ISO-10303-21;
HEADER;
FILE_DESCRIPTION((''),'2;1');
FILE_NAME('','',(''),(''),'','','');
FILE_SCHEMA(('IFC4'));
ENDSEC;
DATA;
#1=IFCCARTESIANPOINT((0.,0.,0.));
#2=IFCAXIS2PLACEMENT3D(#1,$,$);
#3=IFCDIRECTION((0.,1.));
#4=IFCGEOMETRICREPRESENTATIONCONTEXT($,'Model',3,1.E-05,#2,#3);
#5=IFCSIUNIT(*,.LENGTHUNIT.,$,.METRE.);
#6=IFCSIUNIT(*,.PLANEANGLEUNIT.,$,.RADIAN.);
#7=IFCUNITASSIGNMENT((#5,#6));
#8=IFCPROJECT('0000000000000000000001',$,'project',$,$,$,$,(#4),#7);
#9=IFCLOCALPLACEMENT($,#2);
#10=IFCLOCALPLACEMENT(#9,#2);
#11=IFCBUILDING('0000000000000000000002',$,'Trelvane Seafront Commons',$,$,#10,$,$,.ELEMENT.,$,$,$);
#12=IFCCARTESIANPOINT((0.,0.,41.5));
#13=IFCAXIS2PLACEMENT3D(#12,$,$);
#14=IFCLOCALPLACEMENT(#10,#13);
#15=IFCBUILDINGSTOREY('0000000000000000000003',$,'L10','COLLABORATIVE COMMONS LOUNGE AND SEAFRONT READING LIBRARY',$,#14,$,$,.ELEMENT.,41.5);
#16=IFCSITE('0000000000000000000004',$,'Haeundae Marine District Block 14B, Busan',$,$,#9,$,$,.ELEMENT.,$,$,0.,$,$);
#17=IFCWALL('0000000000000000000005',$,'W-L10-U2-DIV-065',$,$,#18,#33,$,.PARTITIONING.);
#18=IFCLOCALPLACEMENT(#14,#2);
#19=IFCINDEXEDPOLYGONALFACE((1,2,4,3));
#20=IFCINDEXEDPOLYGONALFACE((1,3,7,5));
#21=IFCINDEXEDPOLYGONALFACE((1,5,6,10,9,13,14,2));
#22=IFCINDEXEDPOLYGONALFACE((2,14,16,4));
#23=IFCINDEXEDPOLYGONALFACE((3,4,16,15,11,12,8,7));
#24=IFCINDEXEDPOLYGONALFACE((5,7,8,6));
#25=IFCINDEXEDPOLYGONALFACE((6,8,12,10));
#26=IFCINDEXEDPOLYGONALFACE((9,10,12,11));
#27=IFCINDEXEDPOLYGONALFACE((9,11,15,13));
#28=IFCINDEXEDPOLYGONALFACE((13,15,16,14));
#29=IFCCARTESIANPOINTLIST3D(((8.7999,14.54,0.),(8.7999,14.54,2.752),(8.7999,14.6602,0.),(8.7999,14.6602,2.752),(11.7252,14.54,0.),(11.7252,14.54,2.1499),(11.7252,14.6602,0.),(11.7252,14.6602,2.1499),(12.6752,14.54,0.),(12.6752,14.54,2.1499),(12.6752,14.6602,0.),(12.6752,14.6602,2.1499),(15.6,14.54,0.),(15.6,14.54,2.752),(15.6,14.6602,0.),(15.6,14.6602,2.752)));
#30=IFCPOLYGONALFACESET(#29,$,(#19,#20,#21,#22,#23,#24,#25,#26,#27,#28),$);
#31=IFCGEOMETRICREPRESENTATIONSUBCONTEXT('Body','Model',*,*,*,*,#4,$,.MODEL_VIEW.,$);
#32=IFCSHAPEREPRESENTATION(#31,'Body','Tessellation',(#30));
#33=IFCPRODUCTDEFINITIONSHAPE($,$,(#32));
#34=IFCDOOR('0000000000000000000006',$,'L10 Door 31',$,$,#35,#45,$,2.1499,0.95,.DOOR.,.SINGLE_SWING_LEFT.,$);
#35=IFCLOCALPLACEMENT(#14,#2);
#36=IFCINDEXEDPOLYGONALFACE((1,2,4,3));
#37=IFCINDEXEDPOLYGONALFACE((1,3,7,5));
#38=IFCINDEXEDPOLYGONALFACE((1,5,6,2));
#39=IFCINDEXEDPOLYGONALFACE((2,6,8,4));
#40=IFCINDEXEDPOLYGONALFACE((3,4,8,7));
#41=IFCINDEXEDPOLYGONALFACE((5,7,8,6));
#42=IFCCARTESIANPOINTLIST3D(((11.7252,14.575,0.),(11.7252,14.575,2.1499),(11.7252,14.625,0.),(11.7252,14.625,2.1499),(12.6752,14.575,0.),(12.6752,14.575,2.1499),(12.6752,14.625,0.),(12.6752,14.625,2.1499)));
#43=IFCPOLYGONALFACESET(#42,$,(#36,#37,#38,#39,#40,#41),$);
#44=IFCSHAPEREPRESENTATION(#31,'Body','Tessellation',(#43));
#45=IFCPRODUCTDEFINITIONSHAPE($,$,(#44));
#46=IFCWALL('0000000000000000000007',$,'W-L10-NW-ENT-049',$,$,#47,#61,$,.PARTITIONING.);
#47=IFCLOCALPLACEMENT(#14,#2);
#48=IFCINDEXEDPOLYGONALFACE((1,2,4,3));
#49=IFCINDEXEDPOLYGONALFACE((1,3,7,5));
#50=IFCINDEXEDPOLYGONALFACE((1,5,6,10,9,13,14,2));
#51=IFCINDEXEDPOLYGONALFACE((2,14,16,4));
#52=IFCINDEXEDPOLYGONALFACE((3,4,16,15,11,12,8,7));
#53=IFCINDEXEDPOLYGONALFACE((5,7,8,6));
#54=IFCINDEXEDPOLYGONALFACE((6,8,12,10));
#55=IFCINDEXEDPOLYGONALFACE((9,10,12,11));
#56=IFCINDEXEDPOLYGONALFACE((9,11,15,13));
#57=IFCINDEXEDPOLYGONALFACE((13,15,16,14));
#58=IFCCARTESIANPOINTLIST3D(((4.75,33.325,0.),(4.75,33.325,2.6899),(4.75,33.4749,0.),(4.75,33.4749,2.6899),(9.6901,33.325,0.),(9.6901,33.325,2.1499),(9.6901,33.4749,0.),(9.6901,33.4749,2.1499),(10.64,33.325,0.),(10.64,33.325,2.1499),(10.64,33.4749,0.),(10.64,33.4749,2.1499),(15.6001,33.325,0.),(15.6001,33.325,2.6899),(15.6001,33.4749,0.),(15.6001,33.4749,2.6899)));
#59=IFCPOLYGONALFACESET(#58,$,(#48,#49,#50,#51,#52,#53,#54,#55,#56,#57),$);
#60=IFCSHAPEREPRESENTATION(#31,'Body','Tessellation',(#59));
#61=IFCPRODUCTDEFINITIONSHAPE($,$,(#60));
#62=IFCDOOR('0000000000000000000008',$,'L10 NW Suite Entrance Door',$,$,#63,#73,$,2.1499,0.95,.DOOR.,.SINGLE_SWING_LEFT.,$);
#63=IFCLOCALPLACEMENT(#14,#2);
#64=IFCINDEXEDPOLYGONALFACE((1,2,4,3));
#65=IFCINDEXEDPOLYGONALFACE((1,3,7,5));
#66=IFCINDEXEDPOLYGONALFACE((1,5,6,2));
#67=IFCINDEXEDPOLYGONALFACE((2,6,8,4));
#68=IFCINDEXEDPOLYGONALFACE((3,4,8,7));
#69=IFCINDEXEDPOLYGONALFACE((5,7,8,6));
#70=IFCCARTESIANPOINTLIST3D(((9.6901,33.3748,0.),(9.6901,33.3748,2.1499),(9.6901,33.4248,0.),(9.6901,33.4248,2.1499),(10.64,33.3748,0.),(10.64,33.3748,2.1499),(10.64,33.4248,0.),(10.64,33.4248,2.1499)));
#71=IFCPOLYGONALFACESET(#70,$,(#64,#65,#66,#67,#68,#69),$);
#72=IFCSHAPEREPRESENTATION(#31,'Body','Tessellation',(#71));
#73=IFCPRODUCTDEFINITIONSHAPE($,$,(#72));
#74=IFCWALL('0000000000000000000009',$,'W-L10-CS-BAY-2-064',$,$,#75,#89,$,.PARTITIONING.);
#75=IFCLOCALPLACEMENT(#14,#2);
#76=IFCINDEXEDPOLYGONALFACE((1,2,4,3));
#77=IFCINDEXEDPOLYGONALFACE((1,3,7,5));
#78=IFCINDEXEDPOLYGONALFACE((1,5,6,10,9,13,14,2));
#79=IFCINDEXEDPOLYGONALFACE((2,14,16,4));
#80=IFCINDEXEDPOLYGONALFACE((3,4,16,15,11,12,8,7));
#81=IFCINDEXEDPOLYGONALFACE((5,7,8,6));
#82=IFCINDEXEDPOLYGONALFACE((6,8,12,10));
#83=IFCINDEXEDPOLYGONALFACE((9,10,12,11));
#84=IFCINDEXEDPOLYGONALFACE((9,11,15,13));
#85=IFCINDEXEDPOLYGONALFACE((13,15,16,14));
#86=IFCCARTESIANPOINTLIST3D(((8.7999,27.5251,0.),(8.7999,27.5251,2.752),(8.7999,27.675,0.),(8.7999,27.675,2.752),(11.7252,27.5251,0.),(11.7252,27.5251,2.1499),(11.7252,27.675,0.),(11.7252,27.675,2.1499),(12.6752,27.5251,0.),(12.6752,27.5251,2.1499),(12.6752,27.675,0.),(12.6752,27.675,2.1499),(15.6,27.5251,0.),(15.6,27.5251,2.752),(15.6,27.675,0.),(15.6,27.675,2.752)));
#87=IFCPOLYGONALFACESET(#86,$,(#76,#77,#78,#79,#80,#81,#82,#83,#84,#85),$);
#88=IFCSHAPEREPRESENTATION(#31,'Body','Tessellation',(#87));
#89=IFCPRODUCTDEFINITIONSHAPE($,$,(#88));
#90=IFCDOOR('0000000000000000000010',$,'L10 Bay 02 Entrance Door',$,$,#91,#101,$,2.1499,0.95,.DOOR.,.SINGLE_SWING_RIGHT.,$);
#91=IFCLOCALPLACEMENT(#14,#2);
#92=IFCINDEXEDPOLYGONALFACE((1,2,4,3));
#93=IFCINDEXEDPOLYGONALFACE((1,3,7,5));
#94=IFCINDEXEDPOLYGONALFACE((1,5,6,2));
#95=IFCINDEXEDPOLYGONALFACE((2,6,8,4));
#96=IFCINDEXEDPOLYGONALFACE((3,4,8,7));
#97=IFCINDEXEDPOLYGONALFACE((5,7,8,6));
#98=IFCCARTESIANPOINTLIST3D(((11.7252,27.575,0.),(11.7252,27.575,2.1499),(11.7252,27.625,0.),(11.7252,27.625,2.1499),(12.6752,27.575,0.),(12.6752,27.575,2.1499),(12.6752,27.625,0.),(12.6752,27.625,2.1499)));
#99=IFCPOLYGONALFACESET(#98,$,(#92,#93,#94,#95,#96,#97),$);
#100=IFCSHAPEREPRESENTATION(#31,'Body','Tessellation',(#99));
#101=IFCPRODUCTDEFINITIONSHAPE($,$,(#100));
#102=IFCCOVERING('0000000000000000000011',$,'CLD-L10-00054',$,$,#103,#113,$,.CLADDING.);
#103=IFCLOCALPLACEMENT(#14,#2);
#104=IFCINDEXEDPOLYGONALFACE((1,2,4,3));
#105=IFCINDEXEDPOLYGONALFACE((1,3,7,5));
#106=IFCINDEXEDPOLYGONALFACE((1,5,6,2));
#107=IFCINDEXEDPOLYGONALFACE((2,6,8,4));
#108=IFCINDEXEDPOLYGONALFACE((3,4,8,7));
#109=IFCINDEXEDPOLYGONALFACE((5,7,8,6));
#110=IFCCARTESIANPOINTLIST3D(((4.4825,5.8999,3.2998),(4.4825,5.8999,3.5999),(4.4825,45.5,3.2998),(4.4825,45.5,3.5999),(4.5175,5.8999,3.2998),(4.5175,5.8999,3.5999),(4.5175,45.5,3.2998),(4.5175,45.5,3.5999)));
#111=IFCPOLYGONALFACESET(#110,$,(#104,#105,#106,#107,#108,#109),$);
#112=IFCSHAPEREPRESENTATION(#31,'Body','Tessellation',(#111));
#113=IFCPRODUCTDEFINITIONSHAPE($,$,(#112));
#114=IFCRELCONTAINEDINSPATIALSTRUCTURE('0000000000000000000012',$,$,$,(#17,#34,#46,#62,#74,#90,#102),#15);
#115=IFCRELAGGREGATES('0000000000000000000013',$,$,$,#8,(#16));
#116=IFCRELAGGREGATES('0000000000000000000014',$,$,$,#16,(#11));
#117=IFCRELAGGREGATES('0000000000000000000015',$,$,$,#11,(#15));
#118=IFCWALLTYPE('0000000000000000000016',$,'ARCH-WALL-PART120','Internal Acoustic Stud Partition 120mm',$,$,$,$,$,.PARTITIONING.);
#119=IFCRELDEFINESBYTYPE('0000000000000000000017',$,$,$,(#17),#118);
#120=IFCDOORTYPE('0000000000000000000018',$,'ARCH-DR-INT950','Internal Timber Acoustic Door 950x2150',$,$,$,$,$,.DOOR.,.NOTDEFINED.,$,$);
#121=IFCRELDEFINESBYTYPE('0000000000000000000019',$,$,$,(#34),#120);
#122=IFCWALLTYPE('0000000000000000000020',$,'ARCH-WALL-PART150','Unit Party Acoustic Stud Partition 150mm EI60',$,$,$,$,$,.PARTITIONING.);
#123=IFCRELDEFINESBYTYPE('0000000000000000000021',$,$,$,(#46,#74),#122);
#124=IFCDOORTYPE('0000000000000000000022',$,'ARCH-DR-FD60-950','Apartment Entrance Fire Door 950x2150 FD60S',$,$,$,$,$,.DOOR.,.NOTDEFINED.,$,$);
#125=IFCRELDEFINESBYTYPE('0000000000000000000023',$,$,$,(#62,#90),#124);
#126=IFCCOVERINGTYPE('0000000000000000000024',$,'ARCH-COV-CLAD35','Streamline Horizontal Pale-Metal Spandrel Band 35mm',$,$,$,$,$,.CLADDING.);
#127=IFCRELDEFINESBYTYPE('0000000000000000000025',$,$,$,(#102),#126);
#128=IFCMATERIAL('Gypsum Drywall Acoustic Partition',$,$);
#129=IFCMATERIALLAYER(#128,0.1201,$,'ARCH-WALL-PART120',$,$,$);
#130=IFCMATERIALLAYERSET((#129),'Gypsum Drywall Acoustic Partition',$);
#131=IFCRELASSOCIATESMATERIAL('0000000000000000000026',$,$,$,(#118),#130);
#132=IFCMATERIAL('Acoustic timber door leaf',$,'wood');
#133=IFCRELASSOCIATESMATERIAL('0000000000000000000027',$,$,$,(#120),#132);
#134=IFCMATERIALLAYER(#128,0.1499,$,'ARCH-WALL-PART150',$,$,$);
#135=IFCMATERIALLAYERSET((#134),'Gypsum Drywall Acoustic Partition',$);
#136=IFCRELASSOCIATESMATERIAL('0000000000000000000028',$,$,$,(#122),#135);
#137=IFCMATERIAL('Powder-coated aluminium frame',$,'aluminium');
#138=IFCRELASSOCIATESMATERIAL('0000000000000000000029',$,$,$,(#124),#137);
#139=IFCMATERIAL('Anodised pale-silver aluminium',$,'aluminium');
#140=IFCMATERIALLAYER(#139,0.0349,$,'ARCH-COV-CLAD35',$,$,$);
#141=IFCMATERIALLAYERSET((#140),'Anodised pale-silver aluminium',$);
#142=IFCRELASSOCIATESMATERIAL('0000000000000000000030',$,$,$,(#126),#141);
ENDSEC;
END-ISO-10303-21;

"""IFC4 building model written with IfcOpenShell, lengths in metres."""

from ifc_helpers import new_model, si_unit, direction, frame, frame_2d, origin, origin_2d, place, context, subcontext, project, spatial, rectangle, extrude, source, transform, mapped, material, layer, layer_set, type_object, element, fill, save


model = new_model("IFC4")

# Units and contexts
model_context = context("Model", 3, precision=1e-05, world=origin(), true_north=direction((0.0, 1.0)))
body_context = subcontext(model_context, "Body", "Model", "MODEL_VIEW")
ifc_project = project(units=[si_unit("LENGTHUNIT", "METRE"), si_unit("PLANEANGLEUNIT", "RADIAN")], contexts=[model_context])

# Site, building, storey
site_placement = place(None, origin())
site = spatial("IfcSite", under=ifc_project, at=site_placement, Name="Haeundae Marine District Block 14B, Busan", CompositionType="ELEMENT", RefElevation=0.0)
building_placement = place(site_placement, origin())
building = spatial("IfcBuilding", under=site, at=building_placement, Name="Trelvane Seafront Commons", CompositionType="ELEMENT")
storey_placement = place(building_placement, frame((0.0, 0.0, 41.5)))
storey = spatial("IfcBuildingStorey", under=building, at=storey_placement, Name="L10", Description="COLLABORATIVE COMMONS LOUNGE AND SEAFRONT READING LIBRARY", CompositionType="ELEMENT", Elevation=41.5)

# Shared definitions
ifc_material_1 = material(Name="Anodised pale-silver aluminium", Category="aluminium")

# Walls, openings, doors
ifc_material_2 = material(Name="Gypsum Drywall Acoustic Partition")
ifc_layer_1 = layer(ifc_material_2, 0.1201, Name="ARCH-WALL-PART120")
ifc_layer_set_1 = layer_set([ifc_layer_1], Name="Gypsum Drywall Acoustic Partition")
wall_type_1 = type_object("IfcWallType", Name="ARCH-WALL-PART120", Description="Internal Acoustic Stud Partition 120mm", PredefinedType="PARTITIONING", material=ifc_layer_set_1)
ifc_material_3 = material(Name="Acoustic timber door leaf", Category="wood")
door_type_1 = type_object("IfcDoorType", Name="ARCH-DR-INT950", Description="Internal Timber Acoustic Door 950x2150", OperationType="NOTDEFINED", PredefinedType="DOOR", material=ifc_material_3)
shared_shape_1 = source(origin(), body_context, "Body", "SweptSolid", [
    extrude(rectangle(XDim=0.95, YDim=2.1499, at=frame_2d((0.4751, 1.075))), frame((0.0, 0.0249, 0.0), z_axis=(0.0, -1.0, 0.0), x_axis=(1.0, 0.0, 0.0)), (0.0, 0.0, 1.0), 0.05),
])
wall_1_placement = place(storey_placement, frame((8.8, 14.6001, 0.0), z_axis=(0.0, 0.0, 1.0), x_axis=(1.0, 0.0, 0.0)))
wall_1 = element("IfcWall", 1, at=wall_1_placement, inside=storey, type_object=wall_type_1, Name="W-L10-U2-DIV-065", PredefinedType="PARTITIONING", context=body_context, shape_type="SweptSolid", body=[
    extrude(rectangle(XDim=6.8, YDim=0.1201, at=frame_2d((3.3999, 0.0))), origin(), (0.0, 0.0, 1.0), 2.752),
])
opening_1_placement = place(wall_1_placement, frame((2.925, 0.0, 0.0)))
opening_1 = element("IfcOpeningElement", 2, at=opening_1_placement, cuts=wall_1, PredefinedType="OPENING", context=body_context, shape_type="SweptSolid", body=[
    extrude(rectangle(XDim=0.95, YDim=2.1499, at=frame_2d((0.4751, 1.075))), frame((0.0, 0.0701, 0.0), z_axis=(0.0, -1.0, 0.0), x_axis=(1.0, 0.0, 0.0)), (0.0, 0.0, 1.0), 0.1401),
])
door_1_placement = place(opening_1_placement, origin())
door_1 = element("IfcDoor", 3, at=door_1_placement, inside=storey, type_object=door_type_1, Name="L10 Door 31", OperationType="SINGLE_SWING_LEFT", OverallHeight=2.1499, OverallWidth=0.95, PredefinedType="DOOR", context=body_context, shape_type="MappedRepresentation", body=[
    mapped(shared_shape_1, transform((0.0, 0.0, 0.0), x_axis=(1.0, 0.0, 0.0), y_axis=(0.0, 1.0, 0.0), z_axis=(0.0, 0.0, 1.0), scale=1.0)),
])
fill(opening_1, door_1)
ifc_layer_2 = layer(ifc_material_2, 0.1499, Name="ARCH-WALL-PART150")
ifc_layer_set_2 = layer_set([ifc_layer_2], Name="Gypsum Drywall Acoustic Partition")
wall_type_2 = type_object("IfcWallType", Name="ARCH-WALL-PART150", Description="Unit Party Acoustic Stud Partition 150mm EI60", PredefinedType="PARTITIONING", material=ifc_layer_set_2)
wall_2_placement = place(storey_placement, frame((4.75, 33.3999, 0.0), z_axis=(0.0, 0.0, 1.0), x_axis=(1.0, 0.0, 0.0)))
wall_2 = element("IfcWall", 4, at=wall_2_placement, inside=storey, type_object=wall_type_2, Name="W-L10-NW-ENT-049", PredefinedType="PARTITIONING", context=body_context, shape_type="SweptSolid", body=[
    extrude(rectangle(XDim=10.8501, YDim=0.1499, at=frame_2d((5.425, 0.0))), origin(), (0.0, 0.0, 1.0), 2.6899),
])
opening_2_placement = place(wall_2_placement, frame((4.9399, 0.0, 0.0)))
opening_2 = element("IfcOpeningElement", 5, at=opening_2_placement, cuts=wall_2, PredefinedType="OPENING", context=body_context, shape_type="SweptSolid", body=[
    extrude(rectangle(XDim=0.95, YDim=2.1499, at=frame_2d((0.4751, 1.075))), frame((0.0, 0.085, 0.0), z_axis=(0.0, -1.0, 0.0), x_axis=(1.0, 0.0, 0.0)), (0.0, 0.0, 1.0), 0.1699),
])
ifc_material_4 = material(Name="Powder-coated aluminium frame", Category="aluminium")
door_type_2 = type_object("IfcDoorType", Name="ARCH-DR-FD60-950", Description="Apartment Entrance Fire Door 950x2150 FD60S", OperationType="NOTDEFINED", PredefinedType="DOOR", material=ifc_material_4)
door_2_placement = place(opening_2_placement, origin())
door_2 = element("IfcDoor", 6, at=door_2_placement, inside=storey, type_object=door_type_2, Name="L10 NW Suite Entrance Door", OperationType="SINGLE_SWING_LEFT", OverallHeight=2.1499, OverallWidth=0.95, PredefinedType="DOOR", context=body_context, shape_type="MappedRepresentation", body=[
    mapped(shared_shape_1, transform((0.0, 0.0, 0.0), x_axis=(1.0, 0.0, 0.0), y_axis=(0.0, 1.0, 0.0), z_axis=(0.0, 0.0, 1.0), scale=1.0)),
])
fill(opening_2, door_2)
wall_3_placement = place(storey_placement, frame((8.8, 27.6001, 0.0), z_axis=(0.0, 0.0, 1.0), x_axis=(1.0, 0.0, 0.0)))
wall_3 = element("IfcWall", 7, at=wall_3_placement, inside=storey, type_object=wall_type_2, Name="W-L10-CS-BAY-2-064", PredefinedType="PARTITIONING", context=body_context, shape_type="SweptSolid", body=[
    extrude(rectangle(XDim=6.8, YDim=0.1499, at=frame_2d((3.3999, 0.0))), origin(), (0.0, 0.0, 1.0), 2.752),
])
opening_3_placement = place(wall_3_placement, frame((2.925, 0.0, 0.0)))
opening_3 = element("IfcOpeningElement", 8, at=opening_3_placement, cuts=wall_3, PredefinedType="OPENING", context=body_context, shape_type="SweptSolid", body=[
    extrude(rectangle(XDim=0.95, YDim=2.1499, at=frame_2d((0.4751, 1.075))), frame((0.0, 0.085, 0.0), z_axis=(0.0, -1.0, 0.0), x_axis=(1.0, 0.0, 0.0)), (0.0, 0.0, 1.0), 0.1699),
])
door_3_placement = place(opening_3_placement, origin())
door_3 = element("IfcDoor", 9, at=door_3_placement, inside=storey, type_object=door_type_2, Name="L10 Bay 02 Entrance Door", OperationType="SINGLE_SWING_RIGHT", OverallHeight=2.1499, OverallWidth=0.95, PredefinedType="DOOR", context=body_context, shape_type="MappedRepresentation", body=[
    mapped(shared_shape_1, transform((0.0, 0.0, 0.0), x_axis=(1.0, 0.0, 0.0), y_axis=(0.0, 1.0, 0.0), z_axis=(0.0, 0.0, 1.0), scale=1.0)),
])
fill(opening_3, door_3)

# Covering
ifc_layer_3 = layer(ifc_material_1, 0.0349, Name="ARCH-COV-CLAD35")
ifc_layer_set_3 = layer_set([ifc_layer_3], Name="Anodised pale-silver aluminium")
covering_type = type_object("IfcCoveringType", Name="ARCH-COV-CLAD35", Description="Streamline Horizontal Pale-Metal Spandrel Band 35mm", PredefinedType="CLADDING", material=ifc_layer_set_3)
shared_shape_2 = source(origin(), body_context, "Body", "SweptSolid", [
    extrude(rectangle(XDim=39.6001, YDim=0.0349, at=origin_2d()), origin(), (0.0, 0.0, 1.0), 0.3),
])
covering_placement = place(storey_placement, frame((4.5, 25.7, 3.2998), z_axis=(0.0, 0.0, 1.0), x_axis=(0.0, 1.0, 0.0)))
element("IfcCovering", 10, at=covering_placement, inside=storey, type_object=covering_type, Name="CLD-L10-00054", PredefinedType="CLADDING", context=body_context, shape_type="MappedRepresentation", body=[
    mapped(shared_shape_2, transform((0.0, 0.0, 0.0), x_axis=(1.0, 0.0, 0.0), y_axis=(0.0, 1.0, 0.0), z_axis=(0.0, 0.0, 1.0), scale=1.0)),
])

save(model, "model.ifc")
